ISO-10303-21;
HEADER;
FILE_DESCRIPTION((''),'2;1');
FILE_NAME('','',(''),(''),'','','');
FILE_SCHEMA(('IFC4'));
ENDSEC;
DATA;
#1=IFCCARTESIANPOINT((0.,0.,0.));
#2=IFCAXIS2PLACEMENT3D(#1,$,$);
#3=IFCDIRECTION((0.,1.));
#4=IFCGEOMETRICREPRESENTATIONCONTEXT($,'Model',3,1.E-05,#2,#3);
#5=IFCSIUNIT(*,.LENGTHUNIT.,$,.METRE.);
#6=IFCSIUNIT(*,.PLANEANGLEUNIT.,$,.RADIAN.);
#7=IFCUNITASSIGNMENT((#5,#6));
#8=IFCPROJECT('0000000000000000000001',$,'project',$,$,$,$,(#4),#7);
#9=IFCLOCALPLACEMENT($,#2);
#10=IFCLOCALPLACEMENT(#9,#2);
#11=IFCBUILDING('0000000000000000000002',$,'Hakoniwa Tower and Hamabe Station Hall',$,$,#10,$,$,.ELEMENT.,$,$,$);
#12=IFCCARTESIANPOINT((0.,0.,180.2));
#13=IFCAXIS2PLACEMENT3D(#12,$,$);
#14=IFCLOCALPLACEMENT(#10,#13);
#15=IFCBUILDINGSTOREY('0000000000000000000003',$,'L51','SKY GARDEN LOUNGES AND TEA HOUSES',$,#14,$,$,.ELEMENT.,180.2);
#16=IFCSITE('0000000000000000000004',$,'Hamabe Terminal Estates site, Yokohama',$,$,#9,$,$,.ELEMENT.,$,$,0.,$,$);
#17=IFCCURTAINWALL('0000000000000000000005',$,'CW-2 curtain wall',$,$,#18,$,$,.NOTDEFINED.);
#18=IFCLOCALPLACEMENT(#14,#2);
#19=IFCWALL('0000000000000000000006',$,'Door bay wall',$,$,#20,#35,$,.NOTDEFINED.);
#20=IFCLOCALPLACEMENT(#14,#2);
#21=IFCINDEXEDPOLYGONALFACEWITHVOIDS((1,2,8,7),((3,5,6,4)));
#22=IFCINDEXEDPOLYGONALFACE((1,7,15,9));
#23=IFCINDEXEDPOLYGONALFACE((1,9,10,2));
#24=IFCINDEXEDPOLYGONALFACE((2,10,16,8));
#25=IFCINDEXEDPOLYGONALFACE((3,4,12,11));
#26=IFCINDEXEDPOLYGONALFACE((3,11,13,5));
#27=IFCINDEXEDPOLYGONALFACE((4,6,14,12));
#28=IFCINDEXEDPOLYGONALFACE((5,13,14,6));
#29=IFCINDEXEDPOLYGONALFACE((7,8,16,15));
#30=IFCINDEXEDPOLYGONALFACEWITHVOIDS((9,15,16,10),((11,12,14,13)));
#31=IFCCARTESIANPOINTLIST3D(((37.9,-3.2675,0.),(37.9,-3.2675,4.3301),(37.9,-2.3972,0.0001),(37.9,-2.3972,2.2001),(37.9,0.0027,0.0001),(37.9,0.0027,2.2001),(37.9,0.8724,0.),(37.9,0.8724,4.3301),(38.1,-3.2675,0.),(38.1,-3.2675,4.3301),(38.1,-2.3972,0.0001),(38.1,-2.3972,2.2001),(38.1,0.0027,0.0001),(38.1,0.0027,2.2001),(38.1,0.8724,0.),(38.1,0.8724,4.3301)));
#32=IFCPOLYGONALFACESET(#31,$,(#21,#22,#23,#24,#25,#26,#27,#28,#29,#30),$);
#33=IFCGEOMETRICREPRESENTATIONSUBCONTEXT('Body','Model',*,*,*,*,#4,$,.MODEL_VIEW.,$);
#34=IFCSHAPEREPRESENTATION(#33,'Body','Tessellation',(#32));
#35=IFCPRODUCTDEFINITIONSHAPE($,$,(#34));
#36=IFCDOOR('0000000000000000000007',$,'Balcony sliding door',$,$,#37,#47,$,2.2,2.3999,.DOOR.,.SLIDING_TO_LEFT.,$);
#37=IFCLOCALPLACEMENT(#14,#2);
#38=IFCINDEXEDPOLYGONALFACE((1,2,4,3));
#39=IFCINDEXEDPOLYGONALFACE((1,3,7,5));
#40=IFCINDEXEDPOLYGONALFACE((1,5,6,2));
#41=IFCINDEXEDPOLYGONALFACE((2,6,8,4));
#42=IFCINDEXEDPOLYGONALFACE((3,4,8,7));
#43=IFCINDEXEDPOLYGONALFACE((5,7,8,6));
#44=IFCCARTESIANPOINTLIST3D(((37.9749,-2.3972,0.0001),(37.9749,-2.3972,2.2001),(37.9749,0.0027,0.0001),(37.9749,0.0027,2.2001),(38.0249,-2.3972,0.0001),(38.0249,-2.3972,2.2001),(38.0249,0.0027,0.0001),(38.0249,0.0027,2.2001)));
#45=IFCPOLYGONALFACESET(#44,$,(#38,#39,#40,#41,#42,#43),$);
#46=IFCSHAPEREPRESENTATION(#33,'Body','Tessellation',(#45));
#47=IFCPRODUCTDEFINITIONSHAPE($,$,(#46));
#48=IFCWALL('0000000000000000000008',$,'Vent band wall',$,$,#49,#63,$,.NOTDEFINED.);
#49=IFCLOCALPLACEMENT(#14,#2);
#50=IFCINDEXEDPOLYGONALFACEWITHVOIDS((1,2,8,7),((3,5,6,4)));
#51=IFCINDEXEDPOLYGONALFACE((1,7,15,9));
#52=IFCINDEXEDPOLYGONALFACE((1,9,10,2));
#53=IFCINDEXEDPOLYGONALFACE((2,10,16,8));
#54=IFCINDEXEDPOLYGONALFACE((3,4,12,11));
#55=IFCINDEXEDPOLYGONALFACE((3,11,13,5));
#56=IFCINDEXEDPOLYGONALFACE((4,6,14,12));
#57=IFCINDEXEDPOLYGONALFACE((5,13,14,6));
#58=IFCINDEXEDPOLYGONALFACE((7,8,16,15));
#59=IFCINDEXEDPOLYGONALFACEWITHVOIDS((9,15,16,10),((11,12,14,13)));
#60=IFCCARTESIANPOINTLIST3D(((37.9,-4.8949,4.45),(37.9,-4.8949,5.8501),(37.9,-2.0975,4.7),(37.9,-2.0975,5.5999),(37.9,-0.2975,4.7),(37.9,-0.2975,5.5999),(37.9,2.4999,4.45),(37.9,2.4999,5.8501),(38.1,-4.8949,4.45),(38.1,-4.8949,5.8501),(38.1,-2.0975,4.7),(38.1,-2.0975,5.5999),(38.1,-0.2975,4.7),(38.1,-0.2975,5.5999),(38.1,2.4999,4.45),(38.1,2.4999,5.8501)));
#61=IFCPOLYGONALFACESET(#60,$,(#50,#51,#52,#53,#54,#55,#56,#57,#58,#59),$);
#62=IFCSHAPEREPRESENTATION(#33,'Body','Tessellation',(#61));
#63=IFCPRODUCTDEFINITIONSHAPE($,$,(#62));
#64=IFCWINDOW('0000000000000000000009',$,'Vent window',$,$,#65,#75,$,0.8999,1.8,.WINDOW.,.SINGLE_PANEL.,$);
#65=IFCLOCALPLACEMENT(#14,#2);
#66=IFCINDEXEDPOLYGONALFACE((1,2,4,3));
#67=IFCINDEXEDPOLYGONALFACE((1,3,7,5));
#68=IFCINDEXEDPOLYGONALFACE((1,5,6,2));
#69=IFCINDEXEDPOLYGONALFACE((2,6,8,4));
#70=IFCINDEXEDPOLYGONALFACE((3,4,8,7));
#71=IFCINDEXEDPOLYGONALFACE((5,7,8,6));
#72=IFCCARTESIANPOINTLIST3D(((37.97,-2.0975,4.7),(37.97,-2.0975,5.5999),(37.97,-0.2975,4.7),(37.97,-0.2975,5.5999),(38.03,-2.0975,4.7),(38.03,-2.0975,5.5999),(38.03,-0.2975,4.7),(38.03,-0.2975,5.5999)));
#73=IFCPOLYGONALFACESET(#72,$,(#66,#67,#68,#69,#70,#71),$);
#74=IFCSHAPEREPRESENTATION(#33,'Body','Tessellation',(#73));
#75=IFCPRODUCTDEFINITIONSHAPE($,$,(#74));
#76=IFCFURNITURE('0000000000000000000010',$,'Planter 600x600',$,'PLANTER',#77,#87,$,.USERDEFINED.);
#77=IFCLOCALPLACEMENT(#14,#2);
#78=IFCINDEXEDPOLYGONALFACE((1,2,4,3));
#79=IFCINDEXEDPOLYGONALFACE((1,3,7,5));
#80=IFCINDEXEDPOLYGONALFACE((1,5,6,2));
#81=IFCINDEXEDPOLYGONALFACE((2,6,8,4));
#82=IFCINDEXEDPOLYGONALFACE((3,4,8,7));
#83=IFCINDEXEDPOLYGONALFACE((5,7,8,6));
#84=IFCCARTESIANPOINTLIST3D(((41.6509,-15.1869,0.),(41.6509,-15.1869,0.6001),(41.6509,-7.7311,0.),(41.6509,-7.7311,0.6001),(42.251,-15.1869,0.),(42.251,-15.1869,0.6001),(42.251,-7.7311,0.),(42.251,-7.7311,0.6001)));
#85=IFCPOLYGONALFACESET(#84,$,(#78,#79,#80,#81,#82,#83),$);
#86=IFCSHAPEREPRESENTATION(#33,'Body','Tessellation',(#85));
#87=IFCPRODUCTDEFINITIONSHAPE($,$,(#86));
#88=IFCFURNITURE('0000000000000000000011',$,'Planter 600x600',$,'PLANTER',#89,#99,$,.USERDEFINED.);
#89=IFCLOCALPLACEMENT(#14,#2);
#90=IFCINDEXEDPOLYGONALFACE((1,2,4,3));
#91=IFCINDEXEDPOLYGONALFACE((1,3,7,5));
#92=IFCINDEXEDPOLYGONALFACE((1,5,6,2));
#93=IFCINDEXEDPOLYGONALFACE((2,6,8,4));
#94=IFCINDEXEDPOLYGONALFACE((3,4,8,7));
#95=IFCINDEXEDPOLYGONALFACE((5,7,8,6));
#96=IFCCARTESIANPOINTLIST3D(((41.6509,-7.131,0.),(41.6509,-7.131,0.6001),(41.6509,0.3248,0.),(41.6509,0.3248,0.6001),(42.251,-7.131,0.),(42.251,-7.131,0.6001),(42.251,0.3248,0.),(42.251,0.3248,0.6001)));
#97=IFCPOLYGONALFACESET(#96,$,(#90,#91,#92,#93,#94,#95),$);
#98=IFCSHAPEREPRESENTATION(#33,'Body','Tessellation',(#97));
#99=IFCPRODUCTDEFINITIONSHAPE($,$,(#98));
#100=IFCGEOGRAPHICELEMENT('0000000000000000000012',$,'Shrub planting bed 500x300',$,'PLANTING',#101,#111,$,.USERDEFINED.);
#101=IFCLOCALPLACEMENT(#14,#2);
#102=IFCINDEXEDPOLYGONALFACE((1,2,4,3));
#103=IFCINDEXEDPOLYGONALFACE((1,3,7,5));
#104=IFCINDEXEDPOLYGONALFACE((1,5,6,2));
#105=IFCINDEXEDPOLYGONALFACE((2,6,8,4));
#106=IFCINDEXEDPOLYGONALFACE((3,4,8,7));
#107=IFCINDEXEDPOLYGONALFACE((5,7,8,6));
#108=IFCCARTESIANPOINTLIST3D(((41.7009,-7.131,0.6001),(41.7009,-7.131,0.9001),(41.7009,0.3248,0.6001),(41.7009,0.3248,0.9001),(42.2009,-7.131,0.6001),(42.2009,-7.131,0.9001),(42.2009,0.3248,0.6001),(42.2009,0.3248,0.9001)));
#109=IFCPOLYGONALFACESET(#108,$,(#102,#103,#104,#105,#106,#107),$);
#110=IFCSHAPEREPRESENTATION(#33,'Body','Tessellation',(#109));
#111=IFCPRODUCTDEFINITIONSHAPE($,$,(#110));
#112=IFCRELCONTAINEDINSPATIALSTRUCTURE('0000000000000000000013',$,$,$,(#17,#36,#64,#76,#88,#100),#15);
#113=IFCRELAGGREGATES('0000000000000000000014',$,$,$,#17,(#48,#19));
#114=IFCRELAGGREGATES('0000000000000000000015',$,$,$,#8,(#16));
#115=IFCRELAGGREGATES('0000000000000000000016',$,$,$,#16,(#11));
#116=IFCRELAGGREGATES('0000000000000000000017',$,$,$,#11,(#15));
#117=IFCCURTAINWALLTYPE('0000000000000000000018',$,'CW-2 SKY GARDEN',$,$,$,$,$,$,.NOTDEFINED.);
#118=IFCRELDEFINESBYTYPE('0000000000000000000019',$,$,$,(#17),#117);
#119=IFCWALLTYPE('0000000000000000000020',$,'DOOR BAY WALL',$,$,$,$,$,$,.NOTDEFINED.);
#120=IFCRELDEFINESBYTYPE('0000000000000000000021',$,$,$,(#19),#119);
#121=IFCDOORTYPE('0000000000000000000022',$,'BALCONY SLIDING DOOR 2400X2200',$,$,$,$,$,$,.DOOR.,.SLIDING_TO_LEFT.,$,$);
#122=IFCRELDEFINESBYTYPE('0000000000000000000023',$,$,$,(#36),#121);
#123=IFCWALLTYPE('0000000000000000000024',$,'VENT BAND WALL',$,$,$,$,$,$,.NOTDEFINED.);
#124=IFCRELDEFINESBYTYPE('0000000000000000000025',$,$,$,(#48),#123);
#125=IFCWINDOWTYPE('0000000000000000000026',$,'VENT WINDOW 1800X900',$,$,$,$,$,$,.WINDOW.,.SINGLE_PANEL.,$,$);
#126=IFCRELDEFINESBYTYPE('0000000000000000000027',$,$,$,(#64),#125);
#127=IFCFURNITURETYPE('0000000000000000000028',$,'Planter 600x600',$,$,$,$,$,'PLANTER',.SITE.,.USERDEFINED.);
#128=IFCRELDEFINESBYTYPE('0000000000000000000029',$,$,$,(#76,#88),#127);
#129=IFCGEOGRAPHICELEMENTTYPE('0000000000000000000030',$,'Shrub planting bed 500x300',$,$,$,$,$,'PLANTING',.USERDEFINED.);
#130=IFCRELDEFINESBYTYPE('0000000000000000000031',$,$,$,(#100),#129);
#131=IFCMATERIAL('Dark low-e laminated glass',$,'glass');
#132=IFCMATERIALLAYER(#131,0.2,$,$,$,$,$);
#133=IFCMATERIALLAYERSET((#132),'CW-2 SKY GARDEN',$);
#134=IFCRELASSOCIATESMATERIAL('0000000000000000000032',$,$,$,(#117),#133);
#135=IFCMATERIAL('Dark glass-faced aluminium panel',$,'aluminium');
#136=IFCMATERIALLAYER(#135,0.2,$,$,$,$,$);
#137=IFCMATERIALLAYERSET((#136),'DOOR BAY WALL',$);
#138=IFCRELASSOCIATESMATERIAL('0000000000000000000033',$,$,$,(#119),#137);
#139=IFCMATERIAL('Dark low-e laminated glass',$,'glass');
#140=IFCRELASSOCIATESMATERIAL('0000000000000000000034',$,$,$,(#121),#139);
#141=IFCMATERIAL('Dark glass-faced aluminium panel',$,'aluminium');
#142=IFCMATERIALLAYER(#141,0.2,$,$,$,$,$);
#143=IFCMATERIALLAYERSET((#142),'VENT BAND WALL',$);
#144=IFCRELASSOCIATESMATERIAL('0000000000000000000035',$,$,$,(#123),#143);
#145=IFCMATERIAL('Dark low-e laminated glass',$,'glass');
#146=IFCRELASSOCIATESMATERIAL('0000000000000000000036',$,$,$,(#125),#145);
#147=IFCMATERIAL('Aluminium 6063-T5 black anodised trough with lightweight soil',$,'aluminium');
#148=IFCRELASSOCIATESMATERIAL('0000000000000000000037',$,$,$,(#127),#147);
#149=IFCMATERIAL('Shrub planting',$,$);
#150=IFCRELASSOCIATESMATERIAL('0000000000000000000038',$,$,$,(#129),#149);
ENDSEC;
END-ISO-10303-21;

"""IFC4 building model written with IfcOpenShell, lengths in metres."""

from ifc_helpers import new_model, si_unit, direction, frame, frame_2d, origin, origin_2d, place, context, subcontext, project, spatial, rectangle, extrude, material, layer, layer_set, type_object, element, fill, aggregate, save


model = new_model("IFC4")

# Units and contexts
model_context = context("Model", 3, precision=1e-05, world=origin(), true_north=direction((0.0, 1.0)))
body_context = subcontext(model_context, "Body", "Model", "MODEL_VIEW")
ifc_project = project(units=[si_unit("LENGTHUNIT", "METRE"), si_unit("PLANEANGLEUNIT", "RADIAN")], contexts=[model_context])

# Site, building, storey
site_placement = place(None, origin())
site = spatial("IfcSite", under=ifc_project, at=site_placement, Name="Hamabe Terminal Estates site, Yokohama", CompositionType="ELEMENT", RefElevation=0.0)
building_placement = place(site_placement, origin())
building = spatial("IfcBuilding", under=site, at=building_placement, Name="Hakoniwa Tower and Hamabe Station Hall", CompositionType="ELEMENT")
storey_placement = place(building_placement, frame((0.0, 0.0, 180.2)))
storey = spatial("IfcBuildingStorey", under=building, at=storey_placement, Name="L51", Description="SKY GARDEN LOUNGES AND TEA HOUSES", CompositionType="ELEMENT", Elevation=180.2)

# Curtain wall
ifc_material_1 = material(Name="Dark low-e laminated glass", Category="glass")
ifc_layer_1 = layer(ifc_material_1, 0.2)
ifc_layer_set_1 = layer_set([ifc_layer_1], Name="CW-2 SKY GARDEN")
curtain_wall_type = type_object("IfcCurtainWallType", Name="CW-2 SKY GARDEN", PredefinedType="NOTDEFINED", material=ifc_layer_set_1)
curtain_wall_placement = place(storey_placement, origin())
curtain_wall = element("IfcCurtainWall", 1, at=curtain_wall_placement, inside=storey, type_object=curtain_wall_type, Name="CW-2 curtain wall", PredefinedType="NOTDEFINED")

# Wall, opening, door
ifc_material_2 = material(Name="Dark glass-faced aluminium panel", Category="aluminium")
ifc_layer_2 = layer(ifc_material_2, 0.2)
ifc_layer_set_2 = layer_set([ifc_layer_2], Name="DOOR BAY WALL")
wall_type_1 = type_object("IfcWallType", Name="DOOR BAY WALL", PredefinedType="NOTDEFINED", material=ifc_layer_set_2)
wall_1_placement = place(storey_placement, frame((38.0, -3.2673, 0.0), z_axis=(0.0, 0.0, 1.0), x_axis=(0.0, 1.0, 0.0)))
wall_1 = element("IfcWall", 2, at=wall_1_placement, type_object=wall_type_1, Name="Door bay wall", PredefinedType="NOTDEFINED", context=body_context, shape_type="SweptSolid", body=[
    extrude(rectangle(XDim=4.1399, YDim=0.2, at=frame_2d((2.0698, 0.0))), origin(), (0.0, 0.0, 1.0), 4.3301),
])
opening_1_placement = place(wall_1_placement, frame((0.8701, 0.0, 0.0)))
opening_1 = element("IfcOpeningElement", 3, at=opening_1_placement, cuts=wall_1, PredefinedType="OPENING", context=body_context, shape_type="SweptSolid", body=[
    extrude(rectangle(XDim=2.3999, YDim=2.2, at=frame_2d((1.2, 1.1001))), frame((0.0, 0.1099, 0.0), z_axis=(0.0, -1.0, 0.0), x_axis=(1.0, 0.0, 0.0)), (0.0, 0.0, 1.0), 0.22),
])
ifc_material_3 = material(Name="Dark low-e laminated glass", Category="glass")
door_type_1 = type_object("IfcDoorType", Name="BALCONY SLIDING DOOR 2400X2200", OperationType="SLIDING_TO_LEFT", PredefinedType="DOOR", material=ifc_material_3)
door_1_placement = place(opening_1_placement, frame((2.3999, 0.0, 0.0), z_axis=(0.0, 0.0, 1.0), x_axis=(-1.0, 0.0, 0.0)))
door_1 = element("IfcDoor", 4, at=door_1_placement, inside=storey, type_object=door_type_1, Name="Balcony sliding door", OperationType="SLIDING_TO_LEFT", OverallHeight=2.2, OverallWidth=2.3999, PredefinedType="DOOR", context=body_context, shape_type="SweptSolid", body=[
    extrude(rectangle(XDim=2.3999, YDim=2.2, at=frame_2d((1.2, 1.1001))), frame((0.0, 0.0249, 0.0), z_axis=(0.0, -1.0, 0.0), x_axis=(1.0, 0.0, 0.0)), (0.0, 0.0, 1.0), 0.05),
])
fill(opening_1, door_1)

# Wall, opening, window
ifc_material_4 = material(Name="Dark glass-faced aluminium panel", Category="aluminium")
ifc_layer_3 = layer(ifc_material_4, 0.2)
ifc_layer_set_3 = layer_set([ifc_layer_3], Name="VENT BAND WALL")
wall_type_2 = type_object("IfcWallType", Name="VENT BAND WALL", PredefinedType="NOTDEFINED", material=ifc_layer_set_3)
wall_2_placement = place(storey_placement, frame((38.0, -4.8948, 4.45), z_axis=(0.0, 0.0, 1.0), x_axis=(0.0, 1.0, 0.0)))
wall_2 = element("IfcWall", 5, at=wall_2_placement, type_object=wall_type_2, Name="Vent band wall", PredefinedType="NOTDEFINED", context=body_context, shape_type="SweptSolid", body=[
    extrude(rectangle(XDim=7.3948, YDim=0.2, at=frame_2d((3.6973, 0.0))), origin(), (0.0, 0.0, 1.0), 1.4001),
])
opening_2_placement = place(wall_2_placement, frame((2.7974, 0.0, 0.25)))
opening_2 = element("IfcOpeningElement", 6, at=opening_2_placement, cuts=wall_2, PredefinedType="OPENING", context=body_context, shape_type="SweptSolid", body=[
    extrude(rectangle(XDim=1.8, YDim=0.8999, at=frame_2d((0.8999, 0.45))), frame((0.0, 0.1099, 0.0), z_axis=(0.0, -1.0, 0.0), x_axis=(1.0, 0.0, 0.0)), (0.0, 0.0, 1.0), 0.22),
])
ifc_material_5 = material(Name="Dark low-e laminated glass", Category="glass")
window_type = type_object("IfcWindowType", Name="VENT WINDOW 1800X900", PartitioningType="SINGLE_PANEL", PredefinedType="WINDOW", material=ifc_material_5)
window_placement = place(opening_2_placement, origin())
window = element("IfcWindow", 7, at=window_placement, inside=storey, type_object=window_type, Name="Vent window", OverallHeight=0.8999, OverallWidth=1.8, PartitioningType="SINGLE_PANEL", PredefinedType="WINDOW", context=body_context, shape_type="SweptSolid", body=[
    extrude(rectangle(XDim=1.8, YDim=0.8999, at=frame_2d((0.8999, 0.45))), frame((0.0, 0.03, 0.0), z_axis=(0.0, -1.0, 0.0), x_axis=(1.0, 0.0, 0.0)), (0.0, 0.0, 1.0), 0.0601),
])
fill(opening_2, window)
aggregate(curtain_wall, [wall_2, wall_1])

# Furniture
ifc_material_6 = material(Name="Aluminium 6063-T5 black anodised trough with lightweight soil", Category="aluminium")
furniture_type = type_object("IfcFurnitureType", Name="Planter 600x600", ElementType="PLANTER", AssemblyPlace="SITE", PredefinedType="USERDEFINED", material=ifc_material_6)
for number, where, z_axis, x_axis, name in (
    (8, (41.9509, -11.459, 0.0), (0.0, 0.0, 1.0), (0.0, 1.0, 0.0), "Planter 600x600"),
    (9, (41.9509, -3.4031, 0.0), (0.0, 0.0, 1.0), (0.0, 1.0, 0.0), "Planter 600x600"),
):
    element("IfcFurniture", number, at=place(storey_placement, frame(where, z_axis=z_axis, x_axis=x_axis)), inside=storey, type_object=furniture_type, Name=name, ObjectType="PLANTER", PredefinedType="USERDEFINED", context=body_context, shape_type="SweptSolid", body=[
        extrude(rectangle(XDim=7.4558, YDim=0.6001, at=origin_2d()), origin(), (0.0, 0.0, 1.0), 0.6001),
    ])

# Geographic element
ifc_material_7 = material(Name="Shrub planting")
geographic_element_type = type_object("IfcGeographicElementType", Name="Shrub planting bed 500x300", ElementType="PLANTING", PredefinedType="USERDEFINED", material=ifc_material_7)
geographic_element_placement = place(storey_placement, frame((41.9509, -3.4031, 0.6001), z_axis=(0.0, 0.0, 1.0), x_axis=(0.0, 1.0, 0.0)))
element("IfcGeographicElement", 10, at=geographic_element_placement, inside=storey, type_object=geographic_element_type, Name="Shrub planting bed 500x300", ObjectType="PLANTING", PredefinedType="USERDEFINED", context=body_context, shape_type="SweptSolid", body=[
    extrude(rectangle(XDim=7.4558, YDim=0.5, at=origin_2d()), origin(), (0.0, 0.0, 1.0), 0.3),
])

save(model, "model.ifc")
